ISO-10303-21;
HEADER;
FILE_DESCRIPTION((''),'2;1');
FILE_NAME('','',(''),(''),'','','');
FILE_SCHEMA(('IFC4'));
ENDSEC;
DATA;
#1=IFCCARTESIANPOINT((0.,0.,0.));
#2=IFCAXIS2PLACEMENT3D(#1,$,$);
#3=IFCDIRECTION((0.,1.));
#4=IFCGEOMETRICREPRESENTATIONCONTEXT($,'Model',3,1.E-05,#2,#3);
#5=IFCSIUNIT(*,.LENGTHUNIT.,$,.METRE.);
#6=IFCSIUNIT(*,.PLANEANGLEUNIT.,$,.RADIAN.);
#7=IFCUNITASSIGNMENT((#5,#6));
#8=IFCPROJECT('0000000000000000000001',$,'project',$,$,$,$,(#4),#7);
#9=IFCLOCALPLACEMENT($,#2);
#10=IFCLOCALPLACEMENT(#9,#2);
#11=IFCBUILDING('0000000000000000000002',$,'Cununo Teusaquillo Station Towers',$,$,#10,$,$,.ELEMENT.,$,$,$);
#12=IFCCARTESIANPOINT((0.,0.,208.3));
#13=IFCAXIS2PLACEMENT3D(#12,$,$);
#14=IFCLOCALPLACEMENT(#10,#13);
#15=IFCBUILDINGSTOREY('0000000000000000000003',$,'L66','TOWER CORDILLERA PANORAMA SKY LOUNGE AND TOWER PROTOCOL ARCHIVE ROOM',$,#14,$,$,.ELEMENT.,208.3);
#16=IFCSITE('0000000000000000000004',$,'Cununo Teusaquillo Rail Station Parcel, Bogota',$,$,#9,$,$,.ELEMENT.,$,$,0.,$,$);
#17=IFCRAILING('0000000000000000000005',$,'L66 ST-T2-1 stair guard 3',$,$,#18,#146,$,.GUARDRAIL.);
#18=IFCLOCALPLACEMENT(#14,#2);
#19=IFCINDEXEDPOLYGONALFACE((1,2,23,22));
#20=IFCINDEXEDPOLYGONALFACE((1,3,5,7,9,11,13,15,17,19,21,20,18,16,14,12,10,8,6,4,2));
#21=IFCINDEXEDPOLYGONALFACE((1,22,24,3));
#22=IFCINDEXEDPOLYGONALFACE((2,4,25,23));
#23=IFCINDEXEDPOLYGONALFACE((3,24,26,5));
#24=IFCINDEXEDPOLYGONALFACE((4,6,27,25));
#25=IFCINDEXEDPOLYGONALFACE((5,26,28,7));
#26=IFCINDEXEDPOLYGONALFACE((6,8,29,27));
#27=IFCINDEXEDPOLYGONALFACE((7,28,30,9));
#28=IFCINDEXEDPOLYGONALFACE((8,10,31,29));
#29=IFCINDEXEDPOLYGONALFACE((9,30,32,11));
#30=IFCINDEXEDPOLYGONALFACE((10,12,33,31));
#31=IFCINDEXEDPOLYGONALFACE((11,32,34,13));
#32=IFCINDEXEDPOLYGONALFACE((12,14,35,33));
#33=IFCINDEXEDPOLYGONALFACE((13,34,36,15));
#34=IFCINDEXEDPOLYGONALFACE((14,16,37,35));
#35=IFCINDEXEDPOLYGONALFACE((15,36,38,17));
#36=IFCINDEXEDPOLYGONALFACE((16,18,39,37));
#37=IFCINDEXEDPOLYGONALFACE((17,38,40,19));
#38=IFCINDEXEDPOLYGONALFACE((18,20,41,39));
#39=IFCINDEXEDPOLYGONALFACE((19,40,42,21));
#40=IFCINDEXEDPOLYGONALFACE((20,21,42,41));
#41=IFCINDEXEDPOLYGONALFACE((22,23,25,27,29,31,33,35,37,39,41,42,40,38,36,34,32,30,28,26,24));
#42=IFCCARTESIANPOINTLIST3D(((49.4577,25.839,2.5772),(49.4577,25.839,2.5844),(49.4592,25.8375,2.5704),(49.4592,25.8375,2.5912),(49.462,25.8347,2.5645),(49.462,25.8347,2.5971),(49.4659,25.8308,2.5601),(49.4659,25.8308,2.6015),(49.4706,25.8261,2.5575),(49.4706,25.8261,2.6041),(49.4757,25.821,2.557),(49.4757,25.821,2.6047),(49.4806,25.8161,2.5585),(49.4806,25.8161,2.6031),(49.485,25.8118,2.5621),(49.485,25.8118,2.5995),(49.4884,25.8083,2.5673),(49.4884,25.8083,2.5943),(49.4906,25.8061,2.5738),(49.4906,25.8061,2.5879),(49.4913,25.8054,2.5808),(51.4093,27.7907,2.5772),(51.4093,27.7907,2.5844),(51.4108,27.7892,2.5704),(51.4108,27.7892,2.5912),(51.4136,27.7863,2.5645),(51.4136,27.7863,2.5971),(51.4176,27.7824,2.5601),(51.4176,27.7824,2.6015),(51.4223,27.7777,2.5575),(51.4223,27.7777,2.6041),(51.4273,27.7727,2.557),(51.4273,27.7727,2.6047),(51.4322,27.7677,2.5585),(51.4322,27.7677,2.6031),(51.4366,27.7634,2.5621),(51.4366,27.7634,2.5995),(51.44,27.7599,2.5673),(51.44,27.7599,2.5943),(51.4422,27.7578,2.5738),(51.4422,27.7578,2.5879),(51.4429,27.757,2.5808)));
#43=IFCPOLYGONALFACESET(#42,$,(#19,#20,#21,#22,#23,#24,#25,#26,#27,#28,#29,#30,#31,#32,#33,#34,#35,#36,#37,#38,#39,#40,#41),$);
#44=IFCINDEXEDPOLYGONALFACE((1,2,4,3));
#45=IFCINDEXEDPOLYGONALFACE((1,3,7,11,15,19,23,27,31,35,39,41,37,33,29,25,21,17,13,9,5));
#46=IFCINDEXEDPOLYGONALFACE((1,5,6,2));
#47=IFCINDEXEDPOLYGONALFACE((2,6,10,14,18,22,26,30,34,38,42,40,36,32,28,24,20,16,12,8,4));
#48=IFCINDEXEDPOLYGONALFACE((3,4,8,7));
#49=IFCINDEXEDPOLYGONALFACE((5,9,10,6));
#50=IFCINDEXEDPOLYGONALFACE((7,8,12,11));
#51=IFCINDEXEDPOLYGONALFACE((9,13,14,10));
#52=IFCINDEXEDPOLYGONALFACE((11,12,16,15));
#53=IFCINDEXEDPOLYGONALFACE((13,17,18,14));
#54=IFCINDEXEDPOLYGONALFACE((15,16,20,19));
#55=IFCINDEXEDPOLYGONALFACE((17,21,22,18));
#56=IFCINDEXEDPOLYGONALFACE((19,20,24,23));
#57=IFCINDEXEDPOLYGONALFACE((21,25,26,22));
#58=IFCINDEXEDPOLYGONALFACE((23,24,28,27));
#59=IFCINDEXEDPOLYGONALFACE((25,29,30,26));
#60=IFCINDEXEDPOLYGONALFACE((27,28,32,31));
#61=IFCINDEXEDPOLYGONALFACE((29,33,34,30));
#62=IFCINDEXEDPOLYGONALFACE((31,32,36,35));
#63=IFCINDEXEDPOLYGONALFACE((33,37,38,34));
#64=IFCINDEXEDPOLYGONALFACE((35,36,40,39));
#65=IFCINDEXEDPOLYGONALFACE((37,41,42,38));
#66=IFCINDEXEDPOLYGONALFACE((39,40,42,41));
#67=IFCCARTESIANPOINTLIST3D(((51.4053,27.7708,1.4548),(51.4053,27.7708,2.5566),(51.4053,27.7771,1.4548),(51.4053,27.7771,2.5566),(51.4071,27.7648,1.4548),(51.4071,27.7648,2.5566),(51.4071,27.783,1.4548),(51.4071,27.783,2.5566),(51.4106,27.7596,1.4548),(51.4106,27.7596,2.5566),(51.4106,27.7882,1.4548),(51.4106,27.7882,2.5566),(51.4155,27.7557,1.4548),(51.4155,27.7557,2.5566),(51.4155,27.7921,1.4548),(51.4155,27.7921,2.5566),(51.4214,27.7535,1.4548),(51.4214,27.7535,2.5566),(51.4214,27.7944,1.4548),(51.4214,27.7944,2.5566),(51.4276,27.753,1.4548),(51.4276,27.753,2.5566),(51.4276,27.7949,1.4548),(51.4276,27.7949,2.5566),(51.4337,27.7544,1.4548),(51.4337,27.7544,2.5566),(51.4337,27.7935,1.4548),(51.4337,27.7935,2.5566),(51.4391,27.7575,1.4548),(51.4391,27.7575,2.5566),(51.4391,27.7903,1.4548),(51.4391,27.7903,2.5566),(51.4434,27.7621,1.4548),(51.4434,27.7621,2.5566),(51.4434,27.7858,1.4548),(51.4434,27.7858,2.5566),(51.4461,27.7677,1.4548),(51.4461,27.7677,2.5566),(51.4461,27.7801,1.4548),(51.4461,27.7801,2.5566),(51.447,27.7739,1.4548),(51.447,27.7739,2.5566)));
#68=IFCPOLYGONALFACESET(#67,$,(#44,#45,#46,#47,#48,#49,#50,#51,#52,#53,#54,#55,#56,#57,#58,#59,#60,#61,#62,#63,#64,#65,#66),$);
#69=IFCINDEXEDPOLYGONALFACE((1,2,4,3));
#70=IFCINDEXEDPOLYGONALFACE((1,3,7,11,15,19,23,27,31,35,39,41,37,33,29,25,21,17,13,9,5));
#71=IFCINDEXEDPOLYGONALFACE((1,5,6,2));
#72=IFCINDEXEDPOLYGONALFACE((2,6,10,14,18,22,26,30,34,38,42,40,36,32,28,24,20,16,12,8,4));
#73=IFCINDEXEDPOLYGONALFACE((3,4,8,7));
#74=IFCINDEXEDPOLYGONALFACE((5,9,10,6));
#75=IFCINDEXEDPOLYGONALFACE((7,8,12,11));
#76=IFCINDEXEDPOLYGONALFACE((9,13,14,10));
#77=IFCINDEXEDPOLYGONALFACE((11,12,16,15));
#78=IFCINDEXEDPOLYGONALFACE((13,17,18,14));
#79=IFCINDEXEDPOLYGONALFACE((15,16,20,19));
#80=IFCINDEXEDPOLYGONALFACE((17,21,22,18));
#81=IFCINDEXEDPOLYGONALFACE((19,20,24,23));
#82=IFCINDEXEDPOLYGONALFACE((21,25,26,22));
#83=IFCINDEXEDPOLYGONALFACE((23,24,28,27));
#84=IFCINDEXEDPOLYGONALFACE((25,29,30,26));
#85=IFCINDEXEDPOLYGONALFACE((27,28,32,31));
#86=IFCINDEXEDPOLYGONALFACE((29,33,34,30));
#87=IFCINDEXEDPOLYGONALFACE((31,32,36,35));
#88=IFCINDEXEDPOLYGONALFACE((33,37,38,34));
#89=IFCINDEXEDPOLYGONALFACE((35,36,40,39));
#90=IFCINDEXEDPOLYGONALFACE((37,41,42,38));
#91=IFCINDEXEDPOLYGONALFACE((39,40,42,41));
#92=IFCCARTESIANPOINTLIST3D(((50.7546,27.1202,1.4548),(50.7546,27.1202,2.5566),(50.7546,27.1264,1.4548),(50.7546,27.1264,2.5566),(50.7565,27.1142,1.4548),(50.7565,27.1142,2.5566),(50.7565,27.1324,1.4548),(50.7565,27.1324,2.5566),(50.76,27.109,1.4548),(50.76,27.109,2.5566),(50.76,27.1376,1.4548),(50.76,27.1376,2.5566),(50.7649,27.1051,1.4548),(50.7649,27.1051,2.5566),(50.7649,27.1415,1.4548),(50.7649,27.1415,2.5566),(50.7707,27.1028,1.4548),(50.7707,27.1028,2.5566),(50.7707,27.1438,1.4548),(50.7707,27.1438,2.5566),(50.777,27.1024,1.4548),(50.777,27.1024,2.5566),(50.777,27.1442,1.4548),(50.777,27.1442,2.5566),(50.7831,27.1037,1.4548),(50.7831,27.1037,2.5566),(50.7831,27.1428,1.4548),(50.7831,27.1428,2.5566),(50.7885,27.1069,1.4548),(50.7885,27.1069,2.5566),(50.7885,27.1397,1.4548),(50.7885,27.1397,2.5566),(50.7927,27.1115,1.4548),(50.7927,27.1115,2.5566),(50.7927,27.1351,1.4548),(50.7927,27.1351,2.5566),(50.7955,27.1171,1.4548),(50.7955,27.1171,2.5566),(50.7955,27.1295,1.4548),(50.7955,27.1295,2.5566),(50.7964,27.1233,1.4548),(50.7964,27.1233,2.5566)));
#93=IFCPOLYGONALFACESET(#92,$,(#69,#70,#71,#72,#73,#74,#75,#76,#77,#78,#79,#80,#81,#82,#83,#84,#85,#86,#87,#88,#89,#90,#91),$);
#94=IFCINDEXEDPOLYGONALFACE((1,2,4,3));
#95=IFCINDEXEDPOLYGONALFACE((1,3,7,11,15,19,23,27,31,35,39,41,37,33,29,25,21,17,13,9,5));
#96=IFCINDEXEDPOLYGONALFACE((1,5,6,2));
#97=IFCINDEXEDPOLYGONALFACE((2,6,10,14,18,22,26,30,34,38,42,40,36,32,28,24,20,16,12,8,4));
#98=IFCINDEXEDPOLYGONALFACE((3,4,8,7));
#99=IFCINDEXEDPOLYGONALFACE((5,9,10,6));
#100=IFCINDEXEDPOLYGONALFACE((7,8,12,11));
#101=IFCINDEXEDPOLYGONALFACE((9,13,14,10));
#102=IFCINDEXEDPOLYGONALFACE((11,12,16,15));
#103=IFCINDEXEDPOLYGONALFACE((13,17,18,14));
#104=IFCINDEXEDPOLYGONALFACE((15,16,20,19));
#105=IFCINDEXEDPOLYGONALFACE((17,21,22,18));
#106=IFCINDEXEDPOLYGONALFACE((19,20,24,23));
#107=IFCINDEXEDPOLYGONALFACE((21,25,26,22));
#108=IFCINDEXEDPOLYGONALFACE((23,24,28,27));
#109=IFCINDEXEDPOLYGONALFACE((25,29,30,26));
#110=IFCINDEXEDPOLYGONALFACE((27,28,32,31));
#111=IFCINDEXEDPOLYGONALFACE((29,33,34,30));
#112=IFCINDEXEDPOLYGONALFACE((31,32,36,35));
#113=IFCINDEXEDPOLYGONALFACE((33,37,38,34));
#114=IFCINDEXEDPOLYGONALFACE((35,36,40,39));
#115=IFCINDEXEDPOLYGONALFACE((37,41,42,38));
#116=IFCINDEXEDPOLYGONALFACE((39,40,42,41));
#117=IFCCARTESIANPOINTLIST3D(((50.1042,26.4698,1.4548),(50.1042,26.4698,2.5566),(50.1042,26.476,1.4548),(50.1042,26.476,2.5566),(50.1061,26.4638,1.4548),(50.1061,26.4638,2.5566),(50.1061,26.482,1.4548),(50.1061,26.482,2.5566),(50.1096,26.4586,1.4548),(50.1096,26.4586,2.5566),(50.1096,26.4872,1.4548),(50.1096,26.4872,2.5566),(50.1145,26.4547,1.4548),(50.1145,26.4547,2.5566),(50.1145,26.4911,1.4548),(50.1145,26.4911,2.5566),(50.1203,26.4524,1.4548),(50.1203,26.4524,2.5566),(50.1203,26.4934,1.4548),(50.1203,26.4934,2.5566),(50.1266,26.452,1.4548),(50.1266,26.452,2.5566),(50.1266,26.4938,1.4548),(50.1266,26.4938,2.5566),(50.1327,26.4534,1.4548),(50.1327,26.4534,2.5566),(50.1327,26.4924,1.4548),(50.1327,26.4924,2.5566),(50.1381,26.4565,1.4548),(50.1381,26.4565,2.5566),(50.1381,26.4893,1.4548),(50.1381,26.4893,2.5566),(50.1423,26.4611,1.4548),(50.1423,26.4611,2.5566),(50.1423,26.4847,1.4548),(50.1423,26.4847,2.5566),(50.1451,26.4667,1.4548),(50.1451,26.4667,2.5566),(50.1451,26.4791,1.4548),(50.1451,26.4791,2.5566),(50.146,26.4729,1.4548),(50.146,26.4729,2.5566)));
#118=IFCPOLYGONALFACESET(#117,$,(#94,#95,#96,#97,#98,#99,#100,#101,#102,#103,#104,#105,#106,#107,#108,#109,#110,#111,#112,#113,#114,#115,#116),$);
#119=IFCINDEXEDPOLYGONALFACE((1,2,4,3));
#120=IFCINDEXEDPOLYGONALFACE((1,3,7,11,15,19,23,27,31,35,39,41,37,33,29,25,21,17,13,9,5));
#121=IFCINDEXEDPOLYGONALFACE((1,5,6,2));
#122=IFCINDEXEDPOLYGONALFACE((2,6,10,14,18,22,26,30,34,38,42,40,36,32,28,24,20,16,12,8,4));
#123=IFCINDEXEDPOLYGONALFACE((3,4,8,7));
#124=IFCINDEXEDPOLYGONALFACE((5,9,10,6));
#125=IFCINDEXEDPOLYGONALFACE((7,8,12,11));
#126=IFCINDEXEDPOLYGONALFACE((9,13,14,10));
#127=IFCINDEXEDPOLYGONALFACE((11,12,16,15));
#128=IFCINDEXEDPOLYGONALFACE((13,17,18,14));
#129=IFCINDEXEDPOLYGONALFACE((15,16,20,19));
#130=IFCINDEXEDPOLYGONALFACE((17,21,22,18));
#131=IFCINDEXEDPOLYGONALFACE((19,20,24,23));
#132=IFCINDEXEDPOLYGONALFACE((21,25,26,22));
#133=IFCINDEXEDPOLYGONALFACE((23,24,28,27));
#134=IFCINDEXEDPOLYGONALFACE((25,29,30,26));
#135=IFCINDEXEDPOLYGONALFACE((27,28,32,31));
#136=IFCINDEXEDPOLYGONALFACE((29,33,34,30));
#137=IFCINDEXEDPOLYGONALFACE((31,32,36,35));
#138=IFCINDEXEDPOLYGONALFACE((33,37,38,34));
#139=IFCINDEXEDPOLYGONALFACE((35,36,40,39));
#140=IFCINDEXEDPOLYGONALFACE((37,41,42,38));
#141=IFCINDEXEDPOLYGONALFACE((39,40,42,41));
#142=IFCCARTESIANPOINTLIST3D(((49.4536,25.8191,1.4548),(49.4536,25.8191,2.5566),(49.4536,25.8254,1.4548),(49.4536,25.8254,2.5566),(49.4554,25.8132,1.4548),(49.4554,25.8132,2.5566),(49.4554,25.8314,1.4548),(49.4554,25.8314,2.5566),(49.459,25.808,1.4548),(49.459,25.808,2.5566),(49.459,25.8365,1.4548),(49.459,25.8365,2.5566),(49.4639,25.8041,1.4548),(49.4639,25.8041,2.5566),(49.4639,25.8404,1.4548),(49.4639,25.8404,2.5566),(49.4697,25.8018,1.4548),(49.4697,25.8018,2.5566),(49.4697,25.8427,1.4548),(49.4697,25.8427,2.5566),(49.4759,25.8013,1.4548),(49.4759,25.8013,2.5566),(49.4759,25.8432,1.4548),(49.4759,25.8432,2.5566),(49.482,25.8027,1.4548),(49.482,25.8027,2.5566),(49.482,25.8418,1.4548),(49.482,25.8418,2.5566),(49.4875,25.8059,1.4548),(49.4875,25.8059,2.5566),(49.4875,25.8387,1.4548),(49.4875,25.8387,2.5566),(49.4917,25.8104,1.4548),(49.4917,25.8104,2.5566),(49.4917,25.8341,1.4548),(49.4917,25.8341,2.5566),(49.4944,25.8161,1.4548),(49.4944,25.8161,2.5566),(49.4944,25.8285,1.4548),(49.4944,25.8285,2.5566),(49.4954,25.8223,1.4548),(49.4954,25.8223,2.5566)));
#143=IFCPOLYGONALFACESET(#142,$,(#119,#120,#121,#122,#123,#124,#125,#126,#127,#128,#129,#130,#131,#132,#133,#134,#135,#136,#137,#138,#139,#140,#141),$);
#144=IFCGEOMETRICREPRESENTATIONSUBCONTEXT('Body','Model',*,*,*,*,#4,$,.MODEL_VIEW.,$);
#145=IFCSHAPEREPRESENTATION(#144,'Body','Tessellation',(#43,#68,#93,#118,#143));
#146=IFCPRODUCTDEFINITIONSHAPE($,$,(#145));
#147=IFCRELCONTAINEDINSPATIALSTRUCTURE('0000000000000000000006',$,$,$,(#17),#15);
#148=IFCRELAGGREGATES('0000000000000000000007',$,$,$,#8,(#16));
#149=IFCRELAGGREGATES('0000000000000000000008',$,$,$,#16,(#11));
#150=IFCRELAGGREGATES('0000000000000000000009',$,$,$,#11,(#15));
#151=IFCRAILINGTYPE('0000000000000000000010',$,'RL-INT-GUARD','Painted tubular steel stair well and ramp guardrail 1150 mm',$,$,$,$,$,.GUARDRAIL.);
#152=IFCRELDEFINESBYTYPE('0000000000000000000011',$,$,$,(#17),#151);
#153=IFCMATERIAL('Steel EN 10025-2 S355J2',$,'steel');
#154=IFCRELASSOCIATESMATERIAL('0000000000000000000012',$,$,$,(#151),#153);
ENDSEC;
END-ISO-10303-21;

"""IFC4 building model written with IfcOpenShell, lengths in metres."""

from ifc_helpers import new_model, si_unit, direction, frame, origin, origin_2d, place, context, subcontext, project, spatial, circle, extrude, material, type_object, element, save


model = new_model("IFC4")

# Units and contexts
model_context = context("Model", 3, precision=1e-05, world=origin(), true_north=direction((0.0, 1.0)))
body_context = subcontext(model_context, "Body", "Model", "MODEL_VIEW")
ifc_project = project(units=[si_unit("LENGTHUNIT", "METRE"), si_unit("PLANEANGLEUNIT", "RADIAN")], contexts=[model_context])

# Site, building, storey
site_placement = place(None, origin())
site = spatial("IfcSite", under=ifc_project, at=site_placement, Name="Cununo Teusaquillo Rail Station Parcel, Bogota", CompositionType="ELEMENT", RefElevation=0.0)
building_placement = place(site_placement, origin())
building = spatial("IfcBuilding", under=site, at=building_placement, Name="Cununo Teusaquillo Station Towers", CompositionType="ELEMENT")
storey_placement = place(building_placement, frame((0.0, 0.0, 208.3)))
storey = spatial("IfcBuildingStorey", under=building, at=storey_placement, Name="L66", Description="TOWER CORDILLERA PANORAMA SKY LOUNGE AND TOWER PROTOCOL ARCHIVE ROOM", CompositionType="ELEMENT", Elevation=208.3)

# Railing
ifc_material_1 = material(Name="Steel EN 10025-2 S355J2", Category="steel")
railing_type = type_object("IfcRailingType", Name="RL-INT-GUARD", Description="Painted tubular steel stair well and ramp guardrail 1150 mm", PredefinedType="GUARDRAIL", material=ifc_material_1)
railing_1_placement = place(storey_placement, frame((51.426, 27.7739, 1.4548)))
element("IfcRailing", 1, at=railing_1_placement, inside=storey, type_object=railing_type, Name="L66 ST-T2-1 stair guard 3", PredefinedType="GUARDRAIL", context=body_context, shape_type="SweptSolid", body=[
    extrude(circle(Radius=0.0239, at=origin_2d()), frame((0.0, 0.0, 1.126), z_axis=(-0.707107, -0.707107, 0.0), x_axis=(0.707107, -0.707107, 0.0)), (0.0, 0.0, 1.0), 2.76),
    extrude(circle(Radius=0.021, at=origin_2d()), origin(), (0.0, 0.0, 1.0), 1.1018),
    extrude(circle(Radius=0.021, at=origin_2d()), frame((-0.6506, -0.6506, 0.0)), (0.0, 0.0, 1.0), 1.1018),
    extrude(circle(Radius=0.021, at=origin_2d()), frame((-1.301, -1.301, 0.0)), (0.0, 0.0, 1.0), 1.1018),
    extrude(circle(Radius=0.021, at=origin_2d()), frame((-1.9517, -1.9517, 0.0)), (0.0, 0.0, 1.0), 1.1018),
])

save(model, "model.ifc")
